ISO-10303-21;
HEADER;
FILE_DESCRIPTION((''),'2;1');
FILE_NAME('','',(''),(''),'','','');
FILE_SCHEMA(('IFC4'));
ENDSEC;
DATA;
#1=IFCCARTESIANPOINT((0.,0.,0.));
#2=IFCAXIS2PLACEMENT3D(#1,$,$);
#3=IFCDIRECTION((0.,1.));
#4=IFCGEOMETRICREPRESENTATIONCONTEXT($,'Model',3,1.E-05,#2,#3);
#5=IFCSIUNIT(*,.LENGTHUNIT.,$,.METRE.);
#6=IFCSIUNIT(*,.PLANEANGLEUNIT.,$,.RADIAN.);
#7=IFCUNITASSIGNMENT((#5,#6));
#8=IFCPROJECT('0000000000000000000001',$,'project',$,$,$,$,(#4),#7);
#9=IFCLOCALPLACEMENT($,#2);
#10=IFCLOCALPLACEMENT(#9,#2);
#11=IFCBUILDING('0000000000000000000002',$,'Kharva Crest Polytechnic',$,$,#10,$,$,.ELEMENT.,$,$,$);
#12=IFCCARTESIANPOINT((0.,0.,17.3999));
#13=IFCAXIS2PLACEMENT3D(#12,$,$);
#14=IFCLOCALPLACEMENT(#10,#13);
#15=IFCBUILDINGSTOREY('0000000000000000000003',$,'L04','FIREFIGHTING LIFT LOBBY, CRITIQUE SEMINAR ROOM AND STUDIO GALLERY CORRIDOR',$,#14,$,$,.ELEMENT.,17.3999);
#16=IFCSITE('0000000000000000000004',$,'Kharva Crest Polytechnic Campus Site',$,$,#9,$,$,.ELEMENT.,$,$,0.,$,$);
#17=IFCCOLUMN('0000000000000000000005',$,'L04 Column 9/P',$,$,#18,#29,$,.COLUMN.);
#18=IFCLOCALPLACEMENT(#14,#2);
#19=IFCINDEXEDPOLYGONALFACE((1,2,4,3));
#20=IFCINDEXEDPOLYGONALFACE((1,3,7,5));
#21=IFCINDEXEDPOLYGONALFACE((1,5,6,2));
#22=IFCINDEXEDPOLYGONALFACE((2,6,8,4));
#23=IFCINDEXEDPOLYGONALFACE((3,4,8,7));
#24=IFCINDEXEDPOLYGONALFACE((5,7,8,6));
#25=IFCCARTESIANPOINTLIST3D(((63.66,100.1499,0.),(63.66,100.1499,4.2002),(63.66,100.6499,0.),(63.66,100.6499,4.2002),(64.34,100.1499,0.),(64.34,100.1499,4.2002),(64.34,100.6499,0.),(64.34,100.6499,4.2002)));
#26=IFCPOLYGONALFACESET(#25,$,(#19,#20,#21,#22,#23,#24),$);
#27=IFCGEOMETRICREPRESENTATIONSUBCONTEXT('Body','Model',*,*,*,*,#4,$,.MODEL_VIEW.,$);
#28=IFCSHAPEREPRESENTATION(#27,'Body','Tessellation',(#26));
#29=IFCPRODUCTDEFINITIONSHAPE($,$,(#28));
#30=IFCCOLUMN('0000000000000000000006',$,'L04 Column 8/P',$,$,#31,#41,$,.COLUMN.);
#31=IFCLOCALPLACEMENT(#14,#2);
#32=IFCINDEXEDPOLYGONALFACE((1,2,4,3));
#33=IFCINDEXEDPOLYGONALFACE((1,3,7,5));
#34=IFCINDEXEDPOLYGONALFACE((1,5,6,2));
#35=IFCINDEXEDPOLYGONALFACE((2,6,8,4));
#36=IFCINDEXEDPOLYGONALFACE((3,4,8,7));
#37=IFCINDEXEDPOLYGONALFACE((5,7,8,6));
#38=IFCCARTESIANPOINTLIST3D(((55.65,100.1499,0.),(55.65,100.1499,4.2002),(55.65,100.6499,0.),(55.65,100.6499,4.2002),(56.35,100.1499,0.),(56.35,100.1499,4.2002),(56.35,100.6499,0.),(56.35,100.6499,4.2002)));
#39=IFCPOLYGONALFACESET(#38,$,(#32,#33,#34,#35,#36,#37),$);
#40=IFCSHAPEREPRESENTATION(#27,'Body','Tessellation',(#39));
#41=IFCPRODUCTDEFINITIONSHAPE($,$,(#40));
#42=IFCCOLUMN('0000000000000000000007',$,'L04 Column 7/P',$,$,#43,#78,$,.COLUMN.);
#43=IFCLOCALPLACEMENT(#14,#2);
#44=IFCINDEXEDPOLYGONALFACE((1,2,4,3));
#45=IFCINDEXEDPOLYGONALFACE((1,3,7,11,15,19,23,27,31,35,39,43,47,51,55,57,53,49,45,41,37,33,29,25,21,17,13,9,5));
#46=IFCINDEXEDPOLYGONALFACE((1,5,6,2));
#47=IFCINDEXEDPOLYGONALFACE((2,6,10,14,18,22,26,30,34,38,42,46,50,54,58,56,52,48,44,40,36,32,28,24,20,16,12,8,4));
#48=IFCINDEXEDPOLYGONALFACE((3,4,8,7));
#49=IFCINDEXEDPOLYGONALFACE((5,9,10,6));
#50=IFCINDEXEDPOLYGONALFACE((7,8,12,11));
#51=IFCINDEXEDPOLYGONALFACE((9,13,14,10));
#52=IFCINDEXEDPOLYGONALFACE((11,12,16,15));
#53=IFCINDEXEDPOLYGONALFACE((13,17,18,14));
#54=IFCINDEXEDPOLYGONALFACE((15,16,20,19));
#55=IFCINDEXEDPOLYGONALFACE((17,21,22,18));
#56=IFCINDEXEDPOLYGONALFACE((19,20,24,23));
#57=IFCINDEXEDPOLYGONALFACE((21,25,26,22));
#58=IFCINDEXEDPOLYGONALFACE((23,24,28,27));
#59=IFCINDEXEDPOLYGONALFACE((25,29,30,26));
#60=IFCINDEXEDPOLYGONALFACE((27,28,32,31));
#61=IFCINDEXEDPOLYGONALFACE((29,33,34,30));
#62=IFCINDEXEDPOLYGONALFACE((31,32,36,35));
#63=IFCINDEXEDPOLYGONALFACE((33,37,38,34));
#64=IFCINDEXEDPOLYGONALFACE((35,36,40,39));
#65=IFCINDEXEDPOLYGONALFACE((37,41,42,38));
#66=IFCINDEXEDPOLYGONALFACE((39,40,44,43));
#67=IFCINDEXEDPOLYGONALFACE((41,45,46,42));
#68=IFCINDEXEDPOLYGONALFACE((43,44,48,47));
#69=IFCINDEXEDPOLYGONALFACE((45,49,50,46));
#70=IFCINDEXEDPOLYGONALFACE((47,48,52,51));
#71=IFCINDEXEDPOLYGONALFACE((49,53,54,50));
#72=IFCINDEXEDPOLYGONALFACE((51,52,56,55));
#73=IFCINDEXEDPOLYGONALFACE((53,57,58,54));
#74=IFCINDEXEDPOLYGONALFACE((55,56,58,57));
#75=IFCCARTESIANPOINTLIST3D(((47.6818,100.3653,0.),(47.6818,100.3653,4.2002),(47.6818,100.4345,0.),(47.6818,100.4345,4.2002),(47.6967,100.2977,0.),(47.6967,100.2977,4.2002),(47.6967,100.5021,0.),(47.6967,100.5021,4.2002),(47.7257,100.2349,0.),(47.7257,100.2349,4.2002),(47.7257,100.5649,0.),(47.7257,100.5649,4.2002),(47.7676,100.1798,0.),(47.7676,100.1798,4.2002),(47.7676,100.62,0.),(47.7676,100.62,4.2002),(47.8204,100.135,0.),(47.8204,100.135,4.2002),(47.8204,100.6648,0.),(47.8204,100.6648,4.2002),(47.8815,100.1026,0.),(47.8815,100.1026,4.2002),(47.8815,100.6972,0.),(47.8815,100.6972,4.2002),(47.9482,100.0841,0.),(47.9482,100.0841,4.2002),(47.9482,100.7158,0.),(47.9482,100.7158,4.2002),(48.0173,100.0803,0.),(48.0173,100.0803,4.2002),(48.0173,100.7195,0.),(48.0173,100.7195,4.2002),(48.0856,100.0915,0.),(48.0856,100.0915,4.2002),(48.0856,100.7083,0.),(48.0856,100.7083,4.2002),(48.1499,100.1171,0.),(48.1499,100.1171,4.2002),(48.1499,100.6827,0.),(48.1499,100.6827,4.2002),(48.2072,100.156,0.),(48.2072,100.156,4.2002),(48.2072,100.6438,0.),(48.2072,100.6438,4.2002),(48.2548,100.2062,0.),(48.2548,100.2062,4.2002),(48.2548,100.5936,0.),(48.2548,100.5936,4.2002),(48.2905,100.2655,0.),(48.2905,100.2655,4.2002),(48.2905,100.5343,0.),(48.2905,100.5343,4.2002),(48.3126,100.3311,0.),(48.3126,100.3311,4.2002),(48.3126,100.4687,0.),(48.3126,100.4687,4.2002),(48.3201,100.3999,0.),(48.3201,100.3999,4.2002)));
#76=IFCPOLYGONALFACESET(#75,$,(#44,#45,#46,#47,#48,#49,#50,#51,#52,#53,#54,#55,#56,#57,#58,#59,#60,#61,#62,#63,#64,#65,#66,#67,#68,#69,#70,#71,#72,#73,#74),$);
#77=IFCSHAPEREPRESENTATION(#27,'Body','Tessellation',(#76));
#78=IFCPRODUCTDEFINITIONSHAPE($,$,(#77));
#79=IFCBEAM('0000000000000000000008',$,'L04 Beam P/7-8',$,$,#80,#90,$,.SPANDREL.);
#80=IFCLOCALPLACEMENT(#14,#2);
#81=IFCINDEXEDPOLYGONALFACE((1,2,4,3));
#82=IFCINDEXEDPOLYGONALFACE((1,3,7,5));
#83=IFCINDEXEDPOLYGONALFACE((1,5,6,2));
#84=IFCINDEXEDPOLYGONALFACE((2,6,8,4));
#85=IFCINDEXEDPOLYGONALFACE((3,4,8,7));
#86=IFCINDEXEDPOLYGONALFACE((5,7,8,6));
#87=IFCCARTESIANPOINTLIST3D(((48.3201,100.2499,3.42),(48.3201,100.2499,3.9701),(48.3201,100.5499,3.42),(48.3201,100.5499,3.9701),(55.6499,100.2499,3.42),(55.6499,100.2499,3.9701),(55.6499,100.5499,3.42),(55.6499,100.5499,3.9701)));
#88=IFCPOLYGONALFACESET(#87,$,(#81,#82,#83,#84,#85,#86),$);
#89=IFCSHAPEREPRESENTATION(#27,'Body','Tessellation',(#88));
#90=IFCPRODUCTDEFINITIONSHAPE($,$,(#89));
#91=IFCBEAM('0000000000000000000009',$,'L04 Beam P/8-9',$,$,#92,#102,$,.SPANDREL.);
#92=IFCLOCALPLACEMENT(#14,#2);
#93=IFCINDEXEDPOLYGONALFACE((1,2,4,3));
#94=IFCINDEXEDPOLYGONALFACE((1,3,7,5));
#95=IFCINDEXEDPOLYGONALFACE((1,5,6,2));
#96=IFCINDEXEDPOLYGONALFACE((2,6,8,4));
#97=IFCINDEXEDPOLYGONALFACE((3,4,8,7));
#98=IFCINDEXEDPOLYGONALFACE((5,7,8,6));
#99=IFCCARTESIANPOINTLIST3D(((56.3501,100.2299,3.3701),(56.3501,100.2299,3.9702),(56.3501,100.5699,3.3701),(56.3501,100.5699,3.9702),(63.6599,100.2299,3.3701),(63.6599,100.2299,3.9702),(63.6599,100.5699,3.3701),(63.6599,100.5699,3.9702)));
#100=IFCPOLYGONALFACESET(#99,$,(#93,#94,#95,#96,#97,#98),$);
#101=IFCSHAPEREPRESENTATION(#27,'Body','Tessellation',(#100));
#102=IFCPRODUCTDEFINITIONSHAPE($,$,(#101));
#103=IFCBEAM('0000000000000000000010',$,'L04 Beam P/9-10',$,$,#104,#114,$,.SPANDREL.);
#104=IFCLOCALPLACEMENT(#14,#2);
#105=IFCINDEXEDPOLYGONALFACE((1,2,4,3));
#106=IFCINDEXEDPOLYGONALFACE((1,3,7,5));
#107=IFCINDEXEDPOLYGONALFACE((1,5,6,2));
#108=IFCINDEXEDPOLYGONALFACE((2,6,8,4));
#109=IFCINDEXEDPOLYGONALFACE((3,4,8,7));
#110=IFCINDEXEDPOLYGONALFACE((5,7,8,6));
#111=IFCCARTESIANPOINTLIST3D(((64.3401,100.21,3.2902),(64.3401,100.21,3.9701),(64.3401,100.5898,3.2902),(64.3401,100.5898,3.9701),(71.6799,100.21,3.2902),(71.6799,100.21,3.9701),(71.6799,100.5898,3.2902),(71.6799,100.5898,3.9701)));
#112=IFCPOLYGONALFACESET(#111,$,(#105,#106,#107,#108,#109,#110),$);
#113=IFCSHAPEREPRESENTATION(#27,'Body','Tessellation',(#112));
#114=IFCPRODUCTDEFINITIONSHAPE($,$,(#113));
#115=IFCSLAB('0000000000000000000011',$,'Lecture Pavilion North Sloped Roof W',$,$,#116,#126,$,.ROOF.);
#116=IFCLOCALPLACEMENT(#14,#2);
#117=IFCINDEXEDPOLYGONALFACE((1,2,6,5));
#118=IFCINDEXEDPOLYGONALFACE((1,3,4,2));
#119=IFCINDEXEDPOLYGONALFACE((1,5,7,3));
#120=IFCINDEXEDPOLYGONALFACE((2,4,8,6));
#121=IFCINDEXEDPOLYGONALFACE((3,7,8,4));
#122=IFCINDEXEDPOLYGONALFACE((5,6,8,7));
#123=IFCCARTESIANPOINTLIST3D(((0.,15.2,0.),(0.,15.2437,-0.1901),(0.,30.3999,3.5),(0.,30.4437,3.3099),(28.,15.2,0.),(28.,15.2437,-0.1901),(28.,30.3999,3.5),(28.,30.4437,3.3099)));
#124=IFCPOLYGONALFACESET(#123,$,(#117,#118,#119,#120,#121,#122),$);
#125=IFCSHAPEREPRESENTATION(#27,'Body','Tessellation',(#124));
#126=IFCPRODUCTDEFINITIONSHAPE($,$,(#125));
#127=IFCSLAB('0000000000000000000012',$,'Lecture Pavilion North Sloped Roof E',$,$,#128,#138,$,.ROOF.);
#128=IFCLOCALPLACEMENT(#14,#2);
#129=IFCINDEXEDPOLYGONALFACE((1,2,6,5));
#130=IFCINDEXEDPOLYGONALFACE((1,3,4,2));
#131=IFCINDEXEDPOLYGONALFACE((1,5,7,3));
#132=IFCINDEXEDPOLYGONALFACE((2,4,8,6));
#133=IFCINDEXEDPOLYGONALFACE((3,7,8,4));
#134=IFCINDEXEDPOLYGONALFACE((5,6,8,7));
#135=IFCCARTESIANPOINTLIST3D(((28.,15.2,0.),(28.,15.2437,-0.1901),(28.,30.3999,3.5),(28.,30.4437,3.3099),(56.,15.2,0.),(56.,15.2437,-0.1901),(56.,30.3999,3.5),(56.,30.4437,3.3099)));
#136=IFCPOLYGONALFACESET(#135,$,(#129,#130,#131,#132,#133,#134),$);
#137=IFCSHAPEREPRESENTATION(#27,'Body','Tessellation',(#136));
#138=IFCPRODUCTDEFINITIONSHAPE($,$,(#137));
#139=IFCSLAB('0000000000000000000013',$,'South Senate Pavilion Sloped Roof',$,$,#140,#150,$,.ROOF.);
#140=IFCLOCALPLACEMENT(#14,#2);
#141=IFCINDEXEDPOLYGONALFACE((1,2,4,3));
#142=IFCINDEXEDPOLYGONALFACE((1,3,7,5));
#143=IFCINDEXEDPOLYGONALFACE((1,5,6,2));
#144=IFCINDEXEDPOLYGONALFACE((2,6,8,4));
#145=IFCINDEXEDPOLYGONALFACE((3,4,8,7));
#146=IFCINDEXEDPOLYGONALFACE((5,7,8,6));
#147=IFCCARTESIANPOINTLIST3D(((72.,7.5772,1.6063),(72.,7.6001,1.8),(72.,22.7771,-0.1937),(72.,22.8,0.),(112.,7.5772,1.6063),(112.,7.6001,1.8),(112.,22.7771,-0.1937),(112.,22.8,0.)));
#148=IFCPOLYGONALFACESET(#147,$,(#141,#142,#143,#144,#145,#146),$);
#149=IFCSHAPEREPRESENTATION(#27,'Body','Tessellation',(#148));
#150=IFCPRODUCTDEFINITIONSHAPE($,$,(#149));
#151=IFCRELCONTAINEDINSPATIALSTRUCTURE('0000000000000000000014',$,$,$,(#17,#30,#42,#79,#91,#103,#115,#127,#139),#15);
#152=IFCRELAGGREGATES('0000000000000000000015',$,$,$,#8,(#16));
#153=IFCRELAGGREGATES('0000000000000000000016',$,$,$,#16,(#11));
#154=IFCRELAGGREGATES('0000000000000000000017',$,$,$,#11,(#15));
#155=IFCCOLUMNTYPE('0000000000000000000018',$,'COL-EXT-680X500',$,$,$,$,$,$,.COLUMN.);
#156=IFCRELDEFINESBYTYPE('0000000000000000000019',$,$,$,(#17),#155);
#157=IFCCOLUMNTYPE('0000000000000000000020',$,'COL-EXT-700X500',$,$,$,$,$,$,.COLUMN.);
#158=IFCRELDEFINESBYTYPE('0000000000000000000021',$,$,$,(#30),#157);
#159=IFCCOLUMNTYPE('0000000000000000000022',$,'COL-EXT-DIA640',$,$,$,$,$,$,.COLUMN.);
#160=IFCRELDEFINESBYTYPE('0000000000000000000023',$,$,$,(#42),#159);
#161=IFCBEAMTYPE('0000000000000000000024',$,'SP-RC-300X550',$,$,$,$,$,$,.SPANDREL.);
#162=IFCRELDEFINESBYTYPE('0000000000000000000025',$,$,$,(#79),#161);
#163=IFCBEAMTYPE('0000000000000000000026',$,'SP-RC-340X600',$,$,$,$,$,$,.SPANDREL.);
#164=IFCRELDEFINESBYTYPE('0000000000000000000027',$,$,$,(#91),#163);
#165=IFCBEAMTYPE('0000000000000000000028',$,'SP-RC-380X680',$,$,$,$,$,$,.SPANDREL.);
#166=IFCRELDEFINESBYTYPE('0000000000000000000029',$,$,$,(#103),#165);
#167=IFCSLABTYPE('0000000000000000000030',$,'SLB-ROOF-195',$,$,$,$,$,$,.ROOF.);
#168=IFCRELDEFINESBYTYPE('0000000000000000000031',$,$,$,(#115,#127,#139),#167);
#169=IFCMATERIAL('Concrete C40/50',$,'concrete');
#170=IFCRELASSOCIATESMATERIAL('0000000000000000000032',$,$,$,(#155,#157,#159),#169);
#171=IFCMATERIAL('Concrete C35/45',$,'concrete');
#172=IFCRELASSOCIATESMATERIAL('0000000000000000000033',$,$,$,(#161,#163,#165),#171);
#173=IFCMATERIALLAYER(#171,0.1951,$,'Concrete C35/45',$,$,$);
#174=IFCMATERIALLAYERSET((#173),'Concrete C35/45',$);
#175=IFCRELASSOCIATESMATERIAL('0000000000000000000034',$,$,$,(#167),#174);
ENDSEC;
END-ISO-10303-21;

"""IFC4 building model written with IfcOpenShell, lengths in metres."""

from ifc_helpers import new_model, si_unit, direction, frame, origin, origin_2d, place, context, subcontext, project, spatial, polyline, rectangle, circle, outline, extrude, material, layer, layer_set, material_profile, profile_set, type_object, element, save


model = new_model("IFC4")

# Units and contexts
model_context = context("Model", 3, precision=1e-05, world=origin(), true_north=direction((0.0, 1.0)))
body_context = subcontext(model_context, "Body", "Model", "MODEL_VIEW")
ifc_project = project(units=[si_unit("LENGTHUNIT", "METRE"), si_unit("PLANEANGLEUNIT", "RADIAN")], contexts=[model_context])

# Site, building, storey
site_placement = place(None, origin())
site = spatial("IfcSite", under=ifc_project, at=site_placement, Name="Kharva Crest Polytechnic Campus Site", CompositionType="ELEMENT", RefElevation=0.0)
building_placement = place(site_placement, origin())
building = spatial("IfcBuilding", under=site, at=building_placement, Name="Kharva Crest Polytechnic", CompositionType="ELEMENT")
storey_placement = place(building_placement, frame((0.0, 0.0, 17.3999)))
storey = spatial("IfcBuildingStorey", under=building, at=storey_placement, Name="L04", Description="FIREFIGHTING LIFT LOBBY, CRITIQUE SEMINAR ROOM AND STUDIO GALLERY CORRIDOR", CompositionType="ELEMENT", Elevation=17.3999)

# Columns
ifc_material_1 = material(Name="Concrete C40/50", Category="concrete")
ifc_material_profile_1 = material_profile(ifc_material_1, rectangle(XDim=0.6799, YDim=0.5, at=origin_2d()), Name="RECT 680 X 500")
ifc_profile_set_1 = profile_set([ifc_material_profile_1], Name="Concrete C40/50")
column_type_1 = type_object("IfcColumnType", Name="COL-EXT-680X500", PredefinedType="COLUMN", material=ifc_profile_set_1)
column_1_placement = place(storey_placement, frame((64.0, 100.3999, 0.0), z_axis=(0.0, 0.0, 1.0), x_axis=(1.0, 0.0, 0.0)))
element("IfcColumn", 1, at=column_1_placement, inside=storey, type_object=column_type_1, Name="L04 Column 9/P", PredefinedType="COLUMN", context=body_context, shape_type="SweptSolid", body=[
    extrude(rectangle(XDim=0.6799, YDim=0.5, at=origin_2d()), origin(), (0.0, 0.0, 1.0), 4.2002),
])
ifc_material_profile_2 = material_profile(ifc_material_1, rectangle(XDim=0.7, YDim=0.5, at=origin_2d()), Name="RECT 700 X 500")
ifc_profile_set_2 = profile_set([ifc_material_profile_2], Name="Concrete C40/50")
column_type_2 = type_object("IfcColumnType", Name="COL-EXT-700X500", PredefinedType="COLUMN", material=ifc_profile_set_2)
column_2_placement = place(storey_placement, frame((56.0, 100.3999, 0.0), z_axis=(0.0, 0.0, 1.0), x_axis=(1.0, 0.0, 0.0)))
element("IfcColumn", 2, at=column_2_placement, inside=storey, type_object=column_type_2, Name="L04 Column 8/P", PredefinedType="COLUMN", context=body_context, shape_type="SweptSolid", body=[
    extrude(rectangle(XDim=0.7, YDim=0.5, at=origin_2d()), origin(), (0.0, 0.0, 1.0), 4.2002),
])
ifc_material_profile_3 = material_profile(ifc_material_1, circle(Radius=0.3201, at=origin_2d()), Name="DIA 640")
ifc_profile_set_3 = profile_set([ifc_material_profile_3], Name="Concrete C40/50")
column_type_3 = type_object("IfcColumnType", Name="COL-EXT-DIA640", PredefinedType="COLUMN", material=ifc_profile_set_3)
column_3_placement = place(storey_placement, frame((48.0, 100.3999, 0.0), z_axis=(0.0, 0.0, 1.0), x_axis=(1.0, 0.0, 0.0)))
element("IfcColumn", 3, at=column_3_placement, inside=storey, type_object=column_type_3, Name="L04 Column 7/P", PredefinedType="COLUMN", context=body_context, shape_type="SweptSolid", body=[
    extrude(circle(Radius=0.3201, at=origin_2d()), origin(), (0.0, 0.0, 1.0), 4.2002),
])

# Beams
ifc_material_2 = material(Name="Concrete C35/45", Category="concrete")
ifc_material_profile_4 = material_profile(ifc_material_2, rectangle(XDim=0.3, YDim=0.55, at=origin_2d()), Name="RECT 300 X 550")
ifc_profile_set_4 = profile_set([ifc_material_profile_4], Name="Concrete C35/45")
beam_type_1 = type_object("IfcBeamType", Name="SP-RC-300X550", PredefinedType="SPANDREL", material=ifc_profile_set_4)
beam_1_placement = place(storey_placement, frame((48.3201, 100.3999, 3.6951), z_axis=(1.0, 0.0, 0.0), x_axis=(0.0, 1.0, 0.0)))
element("IfcBeam", 4, at=beam_1_placement, inside=storey, type_object=beam_type_1, Name="L04 Beam P/7-8", PredefinedType="SPANDREL", context=body_context, shape_type="SweptSolid", body=[
    extrude(rectangle(XDim=0.3, YDim=0.55, at=origin_2d()), origin(), (0.0, 0.0, 1.0), 7.3298),
])
ifc_material_profile_5 = material_profile(ifc_material_2, rectangle(XDim=0.3401, YDim=0.6001, at=origin_2d()), Name="RECT 340 X 600")
ifc_profile_set_5 = profile_set([ifc_material_profile_5], Name="Concrete C35/45")
beam_type_2 = type_object("IfcBeamType", Name="SP-RC-340X600", PredefinedType="SPANDREL", material=ifc_profile_set_5)
beam_2_placement = place(storey_placement, frame((56.3501, 100.3999, 3.6702), z_axis=(1.0, 0.0, 0.0), x_axis=(0.0, 1.0, 0.0)))
element("IfcBeam", 5, at=beam_2_placement, inside=storey, type_object=beam_type_2, Name="L04 Beam P/8-9", PredefinedType="SPANDREL", context=body_context, shape_type="SweptSolid", body=[
    extrude(rectangle(XDim=0.3401, YDim=0.6001, at=origin_2d()), origin(), (0.0, 0.0, 1.0), 7.3098),
])
ifc_material_profile_6 = material_profile(ifc_material_2, rectangle(XDim=0.3799, YDim=0.6799, at=origin_2d()), Name="RECT 380 X 680")
ifc_profile_set_6 = profile_set([ifc_material_profile_6], Name="Concrete C35/45")
beam_type_3 = type_object("IfcBeamType", Name="SP-RC-380X680", PredefinedType="SPANDREL", material=ifc_profile_set_6)
beam_3_placement = place(storey_placement, frame((64.3401, 100.3999, 3.6301), z_axis=(1.0, 0.0, 0.0), x_axis=(0.0, 1.0, 0.0)))
element("IfcBeam", 6, at=beam_3_placement, inside=storey, type_object=beam_type_3, Name="L04 Beam P/9-10", PredefinedType="SPANDREL", context=body_context, shape_type="SweptSolid", body=[
    extrude(rectangle(XDim=0.3799, YDim=0.6799, at=origin_2d()), origin(), (0.0, 0.0, 1.0), 7.3398),
])

# Slabs
ifc_layer_1 = layer(ifc_material_2, 0.1951, Name="Concrete C35/45")
ifc_layer_set_1 = layer_set([ifc_layer_1], Name="Concrete C35/45")
slab_type = type_object("IfcSlabType", Name="SLB-ROOF-195", PredefinedType="ROOF", material=ifc_layer_set_1)
for number, where, z_axis, x_axis, name in (
    (7, (0.0, 15.2, 0.0), (0.0, -0.224392, 0.974499), (1.0, 0.0, 0.0), "Lecture Pavilion North Sloped Roof W"),
    (8, (28.0, 15.2, 0.0), (0.0, -0.224392, 0.974499), (1.0, 0.0, 0.0), "Lecture Pavilion North Sloped Roof E"),
):
    element("IfcSlab", number, at=place(storey_placement, frame(where, z_axis=z_axis, x_axis=x_axis)), inside=storey, type_object=slab_type, Name=name, PredefinedType="ROOF", context=body_context, shape_type="SweptSolid", body=[
        extrude(outline(polyline([(0.0, 0.0), (28.0, 0.0), (28.0, 15.5977), (0.0, 15.5977), (0.0, 0.0)])), origin(), (0.0, 0.0, -1.0), 0.1951),
    ])
slab_placement = place(storey_placement, frame((72.0, 7.6001, 1.8), z_axis=(0.0, 0.117603, 0.993061), x_axis=(1.0, 0.0, 0.0)))
element("IfcSlab", 9, at=slab_placement, inside=storey, type_object=slab_type, Name="South Senate Pavilion Sloped Roof", PredefinedType="ROOF", context=body_context, shape_type="SweptSolid", body=[
    extrude(outline(polyline([(0.0, 0.0), (40.0, 0.0), (40.0, 15.3062), (0.0, 15.3062), (0.0, 0.0)])), origin(), (0.0, 0.0, -1.0), 0.1951),
])

save(model, "model.ifc")
